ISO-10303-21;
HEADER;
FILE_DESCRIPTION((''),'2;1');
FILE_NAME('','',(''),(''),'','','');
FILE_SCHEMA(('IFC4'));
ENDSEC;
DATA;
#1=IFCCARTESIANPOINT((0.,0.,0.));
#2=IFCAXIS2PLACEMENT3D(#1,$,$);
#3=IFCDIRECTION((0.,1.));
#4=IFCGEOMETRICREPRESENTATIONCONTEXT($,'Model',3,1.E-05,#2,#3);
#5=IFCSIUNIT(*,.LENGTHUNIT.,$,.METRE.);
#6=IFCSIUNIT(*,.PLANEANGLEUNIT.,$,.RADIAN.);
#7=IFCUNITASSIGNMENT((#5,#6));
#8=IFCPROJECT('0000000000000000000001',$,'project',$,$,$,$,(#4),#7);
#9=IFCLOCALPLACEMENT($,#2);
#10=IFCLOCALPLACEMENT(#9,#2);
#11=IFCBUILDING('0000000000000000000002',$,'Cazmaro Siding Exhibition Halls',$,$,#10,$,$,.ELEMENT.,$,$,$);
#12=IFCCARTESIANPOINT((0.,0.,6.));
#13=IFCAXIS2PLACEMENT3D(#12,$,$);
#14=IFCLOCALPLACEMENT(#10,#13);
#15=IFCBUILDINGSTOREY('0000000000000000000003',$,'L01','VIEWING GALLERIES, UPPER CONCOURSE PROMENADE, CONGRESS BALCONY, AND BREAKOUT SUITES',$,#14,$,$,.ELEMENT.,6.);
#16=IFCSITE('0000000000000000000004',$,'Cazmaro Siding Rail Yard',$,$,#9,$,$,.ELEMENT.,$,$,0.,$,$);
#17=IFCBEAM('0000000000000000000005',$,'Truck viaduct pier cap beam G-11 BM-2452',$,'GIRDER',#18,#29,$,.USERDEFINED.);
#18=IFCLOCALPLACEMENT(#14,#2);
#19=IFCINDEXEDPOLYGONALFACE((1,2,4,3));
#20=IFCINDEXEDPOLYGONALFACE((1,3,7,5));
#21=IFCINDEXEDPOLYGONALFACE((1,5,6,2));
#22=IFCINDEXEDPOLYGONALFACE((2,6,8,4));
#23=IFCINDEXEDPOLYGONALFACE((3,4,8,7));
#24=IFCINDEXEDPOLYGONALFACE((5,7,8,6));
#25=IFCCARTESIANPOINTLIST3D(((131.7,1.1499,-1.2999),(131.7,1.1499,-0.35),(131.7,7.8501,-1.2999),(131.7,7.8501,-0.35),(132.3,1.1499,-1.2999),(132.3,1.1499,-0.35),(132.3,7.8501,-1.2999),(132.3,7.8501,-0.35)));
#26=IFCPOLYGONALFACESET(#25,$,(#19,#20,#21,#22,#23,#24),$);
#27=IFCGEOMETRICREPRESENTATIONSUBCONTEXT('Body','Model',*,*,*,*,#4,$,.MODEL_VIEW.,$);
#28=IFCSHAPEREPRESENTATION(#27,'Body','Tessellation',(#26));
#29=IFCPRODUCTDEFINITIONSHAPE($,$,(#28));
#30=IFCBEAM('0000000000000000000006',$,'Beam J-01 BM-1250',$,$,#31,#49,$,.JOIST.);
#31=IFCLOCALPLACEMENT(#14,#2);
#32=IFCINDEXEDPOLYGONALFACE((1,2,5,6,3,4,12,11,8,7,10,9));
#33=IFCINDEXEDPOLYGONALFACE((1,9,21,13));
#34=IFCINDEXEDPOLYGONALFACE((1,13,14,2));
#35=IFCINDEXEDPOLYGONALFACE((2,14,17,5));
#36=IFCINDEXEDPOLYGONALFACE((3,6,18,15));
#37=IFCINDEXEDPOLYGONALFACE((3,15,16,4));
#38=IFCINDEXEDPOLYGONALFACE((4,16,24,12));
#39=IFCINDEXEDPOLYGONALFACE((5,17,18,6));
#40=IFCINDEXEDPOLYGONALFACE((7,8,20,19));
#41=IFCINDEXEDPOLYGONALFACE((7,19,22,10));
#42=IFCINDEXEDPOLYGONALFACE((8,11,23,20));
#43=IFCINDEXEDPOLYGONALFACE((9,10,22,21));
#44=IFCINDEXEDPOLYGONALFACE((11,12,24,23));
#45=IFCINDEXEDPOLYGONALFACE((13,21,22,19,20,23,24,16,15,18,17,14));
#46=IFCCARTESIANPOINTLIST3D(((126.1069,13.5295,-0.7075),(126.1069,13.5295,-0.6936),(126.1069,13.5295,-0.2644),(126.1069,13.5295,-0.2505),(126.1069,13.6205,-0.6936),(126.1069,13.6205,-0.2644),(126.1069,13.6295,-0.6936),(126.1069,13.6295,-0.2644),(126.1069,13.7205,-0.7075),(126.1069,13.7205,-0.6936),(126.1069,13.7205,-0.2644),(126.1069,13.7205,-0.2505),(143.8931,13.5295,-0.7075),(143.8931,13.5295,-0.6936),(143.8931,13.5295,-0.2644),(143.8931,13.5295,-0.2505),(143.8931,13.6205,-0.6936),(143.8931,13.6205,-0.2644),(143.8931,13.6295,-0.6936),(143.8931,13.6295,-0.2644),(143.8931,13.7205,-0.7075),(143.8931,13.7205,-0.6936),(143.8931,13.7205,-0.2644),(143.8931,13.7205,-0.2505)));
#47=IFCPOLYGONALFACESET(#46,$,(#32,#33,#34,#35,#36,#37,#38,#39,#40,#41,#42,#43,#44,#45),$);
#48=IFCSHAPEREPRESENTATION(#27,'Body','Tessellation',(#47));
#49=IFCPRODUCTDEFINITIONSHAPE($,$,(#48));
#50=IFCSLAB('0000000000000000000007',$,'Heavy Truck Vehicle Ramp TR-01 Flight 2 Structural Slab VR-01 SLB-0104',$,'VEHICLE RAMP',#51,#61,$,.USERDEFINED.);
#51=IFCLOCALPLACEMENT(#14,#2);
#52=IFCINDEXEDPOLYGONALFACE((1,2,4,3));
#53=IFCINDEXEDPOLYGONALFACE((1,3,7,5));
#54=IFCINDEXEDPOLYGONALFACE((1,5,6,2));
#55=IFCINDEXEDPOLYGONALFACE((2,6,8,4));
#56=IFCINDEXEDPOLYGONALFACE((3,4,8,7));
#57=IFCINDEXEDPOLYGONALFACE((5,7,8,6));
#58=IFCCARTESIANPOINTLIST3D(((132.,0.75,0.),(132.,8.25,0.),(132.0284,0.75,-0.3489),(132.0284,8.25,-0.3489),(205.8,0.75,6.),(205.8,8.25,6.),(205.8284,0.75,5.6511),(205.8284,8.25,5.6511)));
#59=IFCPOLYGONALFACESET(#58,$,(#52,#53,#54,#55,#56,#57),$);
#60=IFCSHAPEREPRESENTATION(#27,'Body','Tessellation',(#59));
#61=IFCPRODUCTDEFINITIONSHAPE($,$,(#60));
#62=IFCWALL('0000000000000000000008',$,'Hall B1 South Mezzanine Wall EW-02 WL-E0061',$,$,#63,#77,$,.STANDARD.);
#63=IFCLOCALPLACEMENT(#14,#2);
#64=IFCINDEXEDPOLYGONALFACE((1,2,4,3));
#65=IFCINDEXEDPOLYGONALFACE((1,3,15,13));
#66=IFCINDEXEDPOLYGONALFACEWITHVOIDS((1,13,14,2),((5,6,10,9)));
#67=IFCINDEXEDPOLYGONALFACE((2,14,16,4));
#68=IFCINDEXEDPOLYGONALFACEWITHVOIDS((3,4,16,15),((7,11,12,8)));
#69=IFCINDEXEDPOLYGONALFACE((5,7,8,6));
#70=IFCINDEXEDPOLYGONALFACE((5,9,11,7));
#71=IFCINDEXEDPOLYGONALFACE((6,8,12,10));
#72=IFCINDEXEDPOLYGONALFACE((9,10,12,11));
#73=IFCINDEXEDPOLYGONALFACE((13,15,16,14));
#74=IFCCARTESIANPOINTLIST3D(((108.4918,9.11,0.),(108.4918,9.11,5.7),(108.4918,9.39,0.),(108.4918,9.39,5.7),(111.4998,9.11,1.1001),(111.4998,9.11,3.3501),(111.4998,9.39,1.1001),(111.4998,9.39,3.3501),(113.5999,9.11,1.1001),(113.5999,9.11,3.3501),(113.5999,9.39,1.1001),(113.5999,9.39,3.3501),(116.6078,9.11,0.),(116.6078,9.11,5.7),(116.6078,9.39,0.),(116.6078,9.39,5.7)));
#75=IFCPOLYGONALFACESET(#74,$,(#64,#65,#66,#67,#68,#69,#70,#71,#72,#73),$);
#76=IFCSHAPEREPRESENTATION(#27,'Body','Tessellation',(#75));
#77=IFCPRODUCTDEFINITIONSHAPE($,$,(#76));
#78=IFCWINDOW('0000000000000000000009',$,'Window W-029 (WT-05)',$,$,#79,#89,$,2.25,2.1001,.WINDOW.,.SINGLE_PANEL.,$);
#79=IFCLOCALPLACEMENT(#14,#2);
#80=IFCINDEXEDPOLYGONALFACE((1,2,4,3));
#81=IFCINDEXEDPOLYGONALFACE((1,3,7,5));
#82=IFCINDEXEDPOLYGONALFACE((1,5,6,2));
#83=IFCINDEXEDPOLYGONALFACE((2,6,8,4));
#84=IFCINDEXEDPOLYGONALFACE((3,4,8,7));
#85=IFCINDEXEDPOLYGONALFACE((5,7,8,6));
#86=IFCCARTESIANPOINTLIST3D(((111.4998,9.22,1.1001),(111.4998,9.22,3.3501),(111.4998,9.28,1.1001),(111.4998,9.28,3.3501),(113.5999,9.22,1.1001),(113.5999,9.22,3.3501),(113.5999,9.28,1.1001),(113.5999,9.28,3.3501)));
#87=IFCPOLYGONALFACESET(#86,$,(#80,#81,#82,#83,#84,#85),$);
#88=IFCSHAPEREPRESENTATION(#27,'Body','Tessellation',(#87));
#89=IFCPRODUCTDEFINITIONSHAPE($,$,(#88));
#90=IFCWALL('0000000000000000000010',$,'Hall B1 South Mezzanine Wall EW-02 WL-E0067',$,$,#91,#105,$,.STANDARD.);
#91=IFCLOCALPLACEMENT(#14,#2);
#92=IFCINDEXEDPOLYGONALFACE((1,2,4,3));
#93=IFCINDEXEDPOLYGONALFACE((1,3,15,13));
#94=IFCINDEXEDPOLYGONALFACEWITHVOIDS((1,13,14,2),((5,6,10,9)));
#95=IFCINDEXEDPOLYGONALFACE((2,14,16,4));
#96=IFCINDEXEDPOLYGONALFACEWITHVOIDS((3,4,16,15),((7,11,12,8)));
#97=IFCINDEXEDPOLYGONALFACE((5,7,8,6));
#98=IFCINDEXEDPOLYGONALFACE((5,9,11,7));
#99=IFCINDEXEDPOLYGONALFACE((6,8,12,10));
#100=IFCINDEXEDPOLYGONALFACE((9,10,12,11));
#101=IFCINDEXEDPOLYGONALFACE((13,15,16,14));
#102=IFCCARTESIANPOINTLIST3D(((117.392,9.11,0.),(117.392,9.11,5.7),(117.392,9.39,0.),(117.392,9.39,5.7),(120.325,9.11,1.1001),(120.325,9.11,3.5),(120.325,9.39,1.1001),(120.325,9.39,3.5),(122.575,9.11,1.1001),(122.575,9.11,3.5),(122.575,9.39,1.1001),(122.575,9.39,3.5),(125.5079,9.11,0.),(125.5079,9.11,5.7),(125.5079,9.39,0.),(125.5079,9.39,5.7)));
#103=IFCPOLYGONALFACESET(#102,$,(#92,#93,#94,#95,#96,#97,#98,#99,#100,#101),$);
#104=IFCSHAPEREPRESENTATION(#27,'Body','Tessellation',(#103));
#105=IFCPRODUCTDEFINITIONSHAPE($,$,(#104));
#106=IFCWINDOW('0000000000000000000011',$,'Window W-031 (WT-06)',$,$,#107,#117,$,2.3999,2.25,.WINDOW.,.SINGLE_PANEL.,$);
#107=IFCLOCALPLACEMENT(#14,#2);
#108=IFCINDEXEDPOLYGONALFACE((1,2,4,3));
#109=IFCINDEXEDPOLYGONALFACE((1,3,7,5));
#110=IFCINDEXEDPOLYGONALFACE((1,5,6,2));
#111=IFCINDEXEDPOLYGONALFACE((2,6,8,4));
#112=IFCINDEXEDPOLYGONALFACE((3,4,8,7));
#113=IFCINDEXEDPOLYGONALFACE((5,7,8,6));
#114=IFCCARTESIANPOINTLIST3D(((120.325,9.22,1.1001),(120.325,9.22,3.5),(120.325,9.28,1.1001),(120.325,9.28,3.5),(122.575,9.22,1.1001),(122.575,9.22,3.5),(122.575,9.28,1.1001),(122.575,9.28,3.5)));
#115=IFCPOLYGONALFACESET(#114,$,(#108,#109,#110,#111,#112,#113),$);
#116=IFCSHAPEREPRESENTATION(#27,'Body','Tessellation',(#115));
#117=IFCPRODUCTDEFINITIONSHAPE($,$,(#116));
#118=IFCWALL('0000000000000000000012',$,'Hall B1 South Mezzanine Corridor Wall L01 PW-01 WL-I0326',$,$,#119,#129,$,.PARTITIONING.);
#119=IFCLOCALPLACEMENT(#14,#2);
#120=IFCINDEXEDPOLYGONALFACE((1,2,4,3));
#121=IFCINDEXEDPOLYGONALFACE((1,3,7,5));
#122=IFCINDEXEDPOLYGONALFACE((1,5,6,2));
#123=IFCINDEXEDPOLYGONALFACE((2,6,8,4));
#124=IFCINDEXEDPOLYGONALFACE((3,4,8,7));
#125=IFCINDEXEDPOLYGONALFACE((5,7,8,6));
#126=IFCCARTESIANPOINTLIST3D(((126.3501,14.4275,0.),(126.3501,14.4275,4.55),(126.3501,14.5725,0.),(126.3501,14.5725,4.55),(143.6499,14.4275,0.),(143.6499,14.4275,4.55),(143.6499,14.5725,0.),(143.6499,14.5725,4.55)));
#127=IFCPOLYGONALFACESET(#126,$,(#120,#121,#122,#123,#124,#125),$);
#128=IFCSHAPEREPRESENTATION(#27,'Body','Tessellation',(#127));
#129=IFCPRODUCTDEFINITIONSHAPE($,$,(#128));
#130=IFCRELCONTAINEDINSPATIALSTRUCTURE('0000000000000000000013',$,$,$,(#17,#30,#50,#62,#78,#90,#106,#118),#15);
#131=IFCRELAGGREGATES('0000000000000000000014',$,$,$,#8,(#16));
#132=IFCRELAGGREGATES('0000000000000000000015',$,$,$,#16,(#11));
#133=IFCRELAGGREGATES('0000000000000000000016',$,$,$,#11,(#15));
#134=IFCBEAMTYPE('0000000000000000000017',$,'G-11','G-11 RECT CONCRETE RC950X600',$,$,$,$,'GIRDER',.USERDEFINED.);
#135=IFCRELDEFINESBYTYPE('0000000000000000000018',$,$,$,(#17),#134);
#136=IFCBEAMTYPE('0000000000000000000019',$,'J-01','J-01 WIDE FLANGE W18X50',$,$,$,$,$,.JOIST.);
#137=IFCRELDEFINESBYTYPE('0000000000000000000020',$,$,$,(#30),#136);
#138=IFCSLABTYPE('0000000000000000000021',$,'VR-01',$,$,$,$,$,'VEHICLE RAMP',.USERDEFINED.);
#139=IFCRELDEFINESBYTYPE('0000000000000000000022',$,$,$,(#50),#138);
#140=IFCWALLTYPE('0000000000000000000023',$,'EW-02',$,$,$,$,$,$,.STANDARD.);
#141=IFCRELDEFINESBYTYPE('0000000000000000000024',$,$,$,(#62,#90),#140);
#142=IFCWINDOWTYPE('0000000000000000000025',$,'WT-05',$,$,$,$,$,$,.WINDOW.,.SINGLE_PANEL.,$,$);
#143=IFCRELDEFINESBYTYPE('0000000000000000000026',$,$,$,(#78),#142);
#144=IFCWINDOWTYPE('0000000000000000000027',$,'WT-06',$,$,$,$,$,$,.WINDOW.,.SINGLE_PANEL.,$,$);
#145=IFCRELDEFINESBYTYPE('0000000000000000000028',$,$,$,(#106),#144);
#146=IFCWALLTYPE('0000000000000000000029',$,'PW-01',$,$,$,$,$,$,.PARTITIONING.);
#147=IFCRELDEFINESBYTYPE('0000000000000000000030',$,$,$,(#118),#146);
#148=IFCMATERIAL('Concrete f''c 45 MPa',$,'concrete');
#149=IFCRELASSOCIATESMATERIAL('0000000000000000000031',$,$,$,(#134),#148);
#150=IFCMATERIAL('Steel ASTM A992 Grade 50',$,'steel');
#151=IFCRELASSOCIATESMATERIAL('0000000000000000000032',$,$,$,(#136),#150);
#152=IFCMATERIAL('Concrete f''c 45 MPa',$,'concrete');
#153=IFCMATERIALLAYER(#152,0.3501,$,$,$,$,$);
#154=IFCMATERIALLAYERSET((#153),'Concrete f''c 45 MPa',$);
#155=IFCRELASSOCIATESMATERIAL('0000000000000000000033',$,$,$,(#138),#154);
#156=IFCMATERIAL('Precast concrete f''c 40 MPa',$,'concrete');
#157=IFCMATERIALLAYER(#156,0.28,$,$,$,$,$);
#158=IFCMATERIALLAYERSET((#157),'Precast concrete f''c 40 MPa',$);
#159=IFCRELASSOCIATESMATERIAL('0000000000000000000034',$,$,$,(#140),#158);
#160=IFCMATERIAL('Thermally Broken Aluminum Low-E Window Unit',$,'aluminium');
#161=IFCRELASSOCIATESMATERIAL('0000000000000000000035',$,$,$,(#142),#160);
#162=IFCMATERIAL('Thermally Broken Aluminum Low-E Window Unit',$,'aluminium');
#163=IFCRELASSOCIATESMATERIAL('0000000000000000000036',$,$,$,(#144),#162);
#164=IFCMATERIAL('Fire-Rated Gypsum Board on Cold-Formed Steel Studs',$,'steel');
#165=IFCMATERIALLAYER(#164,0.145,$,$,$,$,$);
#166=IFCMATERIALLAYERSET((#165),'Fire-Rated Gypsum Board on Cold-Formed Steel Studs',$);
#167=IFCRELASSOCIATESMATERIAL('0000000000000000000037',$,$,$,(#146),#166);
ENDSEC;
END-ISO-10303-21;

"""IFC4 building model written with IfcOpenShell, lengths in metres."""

from ifc_helpers import new_model, si_unit, direction, frame, frame_2d, origin, origin_2d, place, context, subcontext, project, spatial, polyline, rectangle, i_section, outline, extrude, material, layer, layer_set, material_profile, profile_set, type_object, element, fill, save


model = new_model("IFC4")

# Units and contexts
model_context = context("Model", 3, precision=1e-05, world=origin(), true_north=direction((0.0, 1.0)))
body_context = subcontext(model_context, "Body", "Model", "MODEL_VIEW")
ifc_project = project(units=[si_unit("LENGTHUNIT", "METRE"), si_unit("PLANEANGLEUNIT", "RADIAN")], contexts=[model_context])

# Site, building, storey
site_placement = place(None, origin())
site = spatial("IfcSite", under=ifc_project, at=site_placement, Name="Cazmaro Siding Rail Yard", CompositionType="ELEMENT", RefElevation=0.0)
building_placement = place(site_placement, origin())
building = spatial("IfcBuilding", under=site, at=building_placement, Name="Cazmaro Siding Exhibition Halls", CompositionType="ELEMENT")
storey_placement = place(building_placement, frame((0.0, 0.0, 6.0)))
storey = spatial("IfcBuildingStorey", under=building, at=storey_placement, Name="L01", Description="VIEWING GALLERIES, UPPER CONCOURSE PROMENADE, CONGRESS BALCONY, AND BREAKOUT SUITES", CompositionType="ELEMENT", Elevation=6.0)

# Beams
ifc_material_1 = material(Name="Concrete f'c 45 MPa", Category="concrete")
ifc_material_profile_1 = material_profile(ifc_material_1, rectangle(XDim=0.6001, YDim=0.95, at=origin_2d()), Name="RC950X600")
ifc_profile_set_1 = profile_set([ifc_material_profile_1], Name="Concrete f'c 45 MPa")
beam_type_1 = type_object("IfcBeamType", Name="G-11", Description="G-11 RECT CONCRETE RC950X600", ElementType="GIRDER", PredefinedType="USERDEFINED", material=ifc_profile_set_1)
beam_1_placement = place(storey_placement, frame((132.0, 1.1499, -0.825), z_axis=(0.0, 1.0, 0.0), x_axis=(-1.0, 0.0, 0.0)))
element("IfcBeam", 1, at=beam_1_placement, inside=storey, type_object=beam_type_1, Name="Truck viaduct pier cap beam G-11 BM-2452", ObjectType="GIRDER", PredefinedType="USERDEFINED", context=body_context, shape_type="SweptSolid", body=[
    extrude(rectangle(XDim=0.6001, YDim=0.95, at=origin_2d()), origin(), (0.0, 0.0, 1.0), 6.7002),
])
ifc_material_2 = material(Name="Steel ASTM A992 Grade 50", Category="steel")
ifc_material_profile_2 = material_profile(ifc_material_2, i_section(OverallWidth=0.1909, OverallDepth=0.457, WebThickness=0.009, FlangeThickness=0.0139, at=origin_2d()), Name="W18X50")
ifc_profile_set_2 = profile_set([ifc_material_profile_2], Name="Steel ASTM A992 Grade 50")
beam_type_2 = type_object("IfcBeamType", Name="J-01", Description="J-01 WIDE FLANGE W18X50", PredefinedType="JOIST", material=ifc_profile_set_2)
beam_2_placement = place(storey_placement, frame((126.1069, 13.625, -0.479), z_axis=(1.0, 0.0, 0.0), x_axis=(0.0, 1.0, 0.0)))
element("IfcBeam", 2, at=beam_2_placement, inside=storey, type_object=beam_type_2, Name="Beam J-01 BM-1250", PredefinedType="JOIST", context=body_context, shape_type="SweptSolid", body=[
    extrude(i_section(OverallWidth=0.1909, OverallDepth=0.457, WebThickness=0.009, FlangeThickness=0.0139, at=origin_2d()), origin(), (0.0, 0.0, 1.0), 17.7861),
])

# Slab
ifc_material_3 = material(Name="Concrete f'c 45 MPa", Category="concrete")
ifc_layer_1 = layer(ifc_material_3, 0.3501)
ifc_layer_set_1 = layer_set([ifc_layer_1], Name="Concrete f'c 45 MPa")
slab_type = type_object("IfcSlabType", Name="VR-01", ElementType="VEHICLE RAMP", PredefinedType="USERDEFINED", material=ifc_layer_set_1)
slab_placement = place(storey_placement, frame((132.0, 0.75, 0.0), z_axis=(-0.081033, 0.0, 0.996711), x_axis=(0.996711, 0.0, 0.081033)))
element("IfcSlab", 3, at=slab_placement, inside=storey, type_object=slab_type, Name="Heavy Truck Vehicle Ramp TR-01 Flight 2 Structural Slab VR-01 SLB-0104", ObjectType="VEHICLE RAMP", PredefinedType="USERDEFINED", context=body_context, shape_type="SweptSolid", body=[
    extrude(outline(polyline([(0.0, 0.0), (74.0435, 0.0), (74.0435, 7.5), (0.0, 7.5), (0.0, 0.0)])), origin(), (0.0, 0.0, -1.0), 0.3501),
])

# Walls, openings, windows
ifc_material_4 = material(Name="Precast concrete f'c 40 MPa", Category="concrete")
ifc_layer_2 = layer(ifc_material_4, 0.28)
ifc_layer_set_2 = layer_set([ifc_layer_2], Name="Precast concrete f'c 40 MPa")
wall_type_1 = type_object("IfcWallType", Name="EW-02", PredefinedType="STANDARD", material=ifc_layer_set_2)
wall_1_placement = place(storey_placement, frame((116.6079, 9.25, 0.0), z_axis=(0.0, 0.0, 1.0), x_axis=(-1.0, 0.0, 0.0)))
wall_1 = element("IfcWall", 4, at=wall_1_placement, inside=storey, type_object=wall_type_1, Name="Hall B1 South Mezzanine Wall EW-02 WL-E0061", PredefinedType="STANDARD", context=body_context, shape_type="SweptSolid", body=[
    extrude(rectangle(XDim=8.116, YDim=0.28, at=frame_2d((4.0581, 0.0))), origin(), (0.0, 0.0, 1.0), 5.7),
])
opening_1_placement = place(wall_1_placement, frame((3.0081, 0.0, 1.1001)))
opening_1 = element("IfcOpeningElement", 5, at=opening_1_placement, cuts=wall_1, PredefinedType="OPENING", context=body_context, shape_type="SweptSolid", body=[
    extrude(rectangle(XDim=2.1001, YDim=2.25, at=frame_2d((1.05, 1.125))), frame((0.0, 0.1499, 0.0), z_axis=(0.0, -1.0, 0.0), x_axis=(1.0, 0.0, 0.0)), (0.0, 0.0, 1.0), 0.3),
])
ifc_material_5 = material(Name="Thermally Broken Aluminum Low-E Window Unit", Category="aluminium")
window_type_1 = type_object("IfcWindowType", Name="WT-05", PartitioningType="SINGLE_PANEL", PredefinedType="WINDOW", material=ifc_material_5)
window_1_placement = place(opening_1_placement, origin())
window_1 = element("IfcWindow", 6, at=window_1_placement, inside=storey, type_object=window_type_1, Name="Window W-029 (WT-05)", OverallHeight=2.25, OverallWidth=2.1001, PartitioningType="SINGLE_PANEL", PredefinedType="WINDOW", context=body_context, shape_type="SweptSolid", body=[
    extrude(rectangle(XDim=2.1001, YDim=2.25, at=frame_2d((1.05, 1.125))), frame((0.0, 0.03, 0.0), z_axis=(0.0, -1.0, 0.0), x_axis=(1.0, 0.0, 0.0)), (0.0, 0.0, 1.0), 0.0601),
])
fill(opening_1, window_1)
wall_2_placement = place(storey_placement, frame((125.5081, 9.25, 0.0), z_axis=(0.0, 0.0, 1.0), x_axis=(-1.0, 0.0, 0.0)))
wall_2 = element("IfcWall", 7, at=wall_2_placement, inside=storey, type_object=wall_type_1, Name="Hall B1 South Mezzanine Wall EW-02 WL-E0067", PredefinedType="STANDARD", context=body_context, shape_type="SweptSolid", body=[
    extrude(rectangle(XDim=8.116, YDim=0.28, at=frame_2d((4.0581, 0.0))), origin(), (0.0, 0.0, 1.0), 5.7),
])
opening_2_placement = place(wall_2_placement, frame((2.9331, 0.0, 1.1001)))
opening_2 = element("IfcOpeningElement", 8, at=opening_2_placement, cuts=wall_2, PredefinedType="OPENING", context=body_context, shape_type="SweptSolid", body=[
    extrude(rectangle(XDim=2.25, YDim=2.3999, at=frame_2d((1.125, 1.2))), frame((0.0, 0.1499, 0.0), z_axis=(0.0, -1.0, 0.0), x_axis=(1.0, 0.0, 0.0)), (0.0, 0.0, 1.0), 0.3),
])
ifc_material_6 = material(Name="Thermally Broken Aluminum Low-E Window Unit", Category="aluminium")
window_type_2 = type_object("IfcWindowType", Name="WT-06", PartitioningType="SINGLE_PANEL", PredefinedType="WINDOW", material=ifc_material_6)
window_2_placement = place(opening_2_placement, origin())
window_2 = element("IfcWindow", 9, at=window_2_placement, inside=storey, type_object=window_type_2, Name="Window W-031 (WT-06)", OverallHeight=2.3999, OverallWidth=2.25, PartitioningType="SINGLE_PANEL", PredefinedType="WINDOW", context=body_context, shape_type="SweptSolid", body=[
    extrude(rectangle(XDim=2.25, YDim=2.3999, at=frame_2d((1.125, 1.2))), frame((0.0, 0.03, 0.0), z_axis=(0.0, -1.0, 0.0), x_axis=(1.0, 0.0, 0.0)), (0.0, 0.0, 1.0), 0.0601),
])
fill(opening_2, window_2)

# Wall
ifc_material_7 = material(Name="Fire-Rated Gypsum Board on Cold-Formed Steel Studs", Category="steel")
ifc_layer_3 = layer(ifc_material_7, 0.145)
ifc_layer_set_3 = layer_set([ifc_layer_3], Name="Fire-Rated Gypsum Board on Cold-Formed Steel Studs")
wall_type_2 = type_object("IfcWallType", Name="PW-01", PredefinedType="PARTITIONING", material=ifc_layer_set_3)
wall_3_placement = place(storey_placement, frame((126.3501, 14.5, 0.0), z_axis=(0.0, 0.0, 1.0), x_axis=(1.0, 0.0, 0.0)))
element("IfcWall", 10, at=wall_3_placement, inside=storey, type_object=wall_type_2, Name="Hall B1 South Mezzanine Corridor Wall L01 PW-01 WL-I0326", PredefinedType="PARTITIONING", context=body_context, shape_type="SweptSolid", body=[
    extrude(rectangle(XDim=17.2998, YDim=0.145, at=frame_2d((8.6499, 0.0))), origin(), (0.0, 0.0, 1.0), 4.55),
])

save(model, "model.ifc")
